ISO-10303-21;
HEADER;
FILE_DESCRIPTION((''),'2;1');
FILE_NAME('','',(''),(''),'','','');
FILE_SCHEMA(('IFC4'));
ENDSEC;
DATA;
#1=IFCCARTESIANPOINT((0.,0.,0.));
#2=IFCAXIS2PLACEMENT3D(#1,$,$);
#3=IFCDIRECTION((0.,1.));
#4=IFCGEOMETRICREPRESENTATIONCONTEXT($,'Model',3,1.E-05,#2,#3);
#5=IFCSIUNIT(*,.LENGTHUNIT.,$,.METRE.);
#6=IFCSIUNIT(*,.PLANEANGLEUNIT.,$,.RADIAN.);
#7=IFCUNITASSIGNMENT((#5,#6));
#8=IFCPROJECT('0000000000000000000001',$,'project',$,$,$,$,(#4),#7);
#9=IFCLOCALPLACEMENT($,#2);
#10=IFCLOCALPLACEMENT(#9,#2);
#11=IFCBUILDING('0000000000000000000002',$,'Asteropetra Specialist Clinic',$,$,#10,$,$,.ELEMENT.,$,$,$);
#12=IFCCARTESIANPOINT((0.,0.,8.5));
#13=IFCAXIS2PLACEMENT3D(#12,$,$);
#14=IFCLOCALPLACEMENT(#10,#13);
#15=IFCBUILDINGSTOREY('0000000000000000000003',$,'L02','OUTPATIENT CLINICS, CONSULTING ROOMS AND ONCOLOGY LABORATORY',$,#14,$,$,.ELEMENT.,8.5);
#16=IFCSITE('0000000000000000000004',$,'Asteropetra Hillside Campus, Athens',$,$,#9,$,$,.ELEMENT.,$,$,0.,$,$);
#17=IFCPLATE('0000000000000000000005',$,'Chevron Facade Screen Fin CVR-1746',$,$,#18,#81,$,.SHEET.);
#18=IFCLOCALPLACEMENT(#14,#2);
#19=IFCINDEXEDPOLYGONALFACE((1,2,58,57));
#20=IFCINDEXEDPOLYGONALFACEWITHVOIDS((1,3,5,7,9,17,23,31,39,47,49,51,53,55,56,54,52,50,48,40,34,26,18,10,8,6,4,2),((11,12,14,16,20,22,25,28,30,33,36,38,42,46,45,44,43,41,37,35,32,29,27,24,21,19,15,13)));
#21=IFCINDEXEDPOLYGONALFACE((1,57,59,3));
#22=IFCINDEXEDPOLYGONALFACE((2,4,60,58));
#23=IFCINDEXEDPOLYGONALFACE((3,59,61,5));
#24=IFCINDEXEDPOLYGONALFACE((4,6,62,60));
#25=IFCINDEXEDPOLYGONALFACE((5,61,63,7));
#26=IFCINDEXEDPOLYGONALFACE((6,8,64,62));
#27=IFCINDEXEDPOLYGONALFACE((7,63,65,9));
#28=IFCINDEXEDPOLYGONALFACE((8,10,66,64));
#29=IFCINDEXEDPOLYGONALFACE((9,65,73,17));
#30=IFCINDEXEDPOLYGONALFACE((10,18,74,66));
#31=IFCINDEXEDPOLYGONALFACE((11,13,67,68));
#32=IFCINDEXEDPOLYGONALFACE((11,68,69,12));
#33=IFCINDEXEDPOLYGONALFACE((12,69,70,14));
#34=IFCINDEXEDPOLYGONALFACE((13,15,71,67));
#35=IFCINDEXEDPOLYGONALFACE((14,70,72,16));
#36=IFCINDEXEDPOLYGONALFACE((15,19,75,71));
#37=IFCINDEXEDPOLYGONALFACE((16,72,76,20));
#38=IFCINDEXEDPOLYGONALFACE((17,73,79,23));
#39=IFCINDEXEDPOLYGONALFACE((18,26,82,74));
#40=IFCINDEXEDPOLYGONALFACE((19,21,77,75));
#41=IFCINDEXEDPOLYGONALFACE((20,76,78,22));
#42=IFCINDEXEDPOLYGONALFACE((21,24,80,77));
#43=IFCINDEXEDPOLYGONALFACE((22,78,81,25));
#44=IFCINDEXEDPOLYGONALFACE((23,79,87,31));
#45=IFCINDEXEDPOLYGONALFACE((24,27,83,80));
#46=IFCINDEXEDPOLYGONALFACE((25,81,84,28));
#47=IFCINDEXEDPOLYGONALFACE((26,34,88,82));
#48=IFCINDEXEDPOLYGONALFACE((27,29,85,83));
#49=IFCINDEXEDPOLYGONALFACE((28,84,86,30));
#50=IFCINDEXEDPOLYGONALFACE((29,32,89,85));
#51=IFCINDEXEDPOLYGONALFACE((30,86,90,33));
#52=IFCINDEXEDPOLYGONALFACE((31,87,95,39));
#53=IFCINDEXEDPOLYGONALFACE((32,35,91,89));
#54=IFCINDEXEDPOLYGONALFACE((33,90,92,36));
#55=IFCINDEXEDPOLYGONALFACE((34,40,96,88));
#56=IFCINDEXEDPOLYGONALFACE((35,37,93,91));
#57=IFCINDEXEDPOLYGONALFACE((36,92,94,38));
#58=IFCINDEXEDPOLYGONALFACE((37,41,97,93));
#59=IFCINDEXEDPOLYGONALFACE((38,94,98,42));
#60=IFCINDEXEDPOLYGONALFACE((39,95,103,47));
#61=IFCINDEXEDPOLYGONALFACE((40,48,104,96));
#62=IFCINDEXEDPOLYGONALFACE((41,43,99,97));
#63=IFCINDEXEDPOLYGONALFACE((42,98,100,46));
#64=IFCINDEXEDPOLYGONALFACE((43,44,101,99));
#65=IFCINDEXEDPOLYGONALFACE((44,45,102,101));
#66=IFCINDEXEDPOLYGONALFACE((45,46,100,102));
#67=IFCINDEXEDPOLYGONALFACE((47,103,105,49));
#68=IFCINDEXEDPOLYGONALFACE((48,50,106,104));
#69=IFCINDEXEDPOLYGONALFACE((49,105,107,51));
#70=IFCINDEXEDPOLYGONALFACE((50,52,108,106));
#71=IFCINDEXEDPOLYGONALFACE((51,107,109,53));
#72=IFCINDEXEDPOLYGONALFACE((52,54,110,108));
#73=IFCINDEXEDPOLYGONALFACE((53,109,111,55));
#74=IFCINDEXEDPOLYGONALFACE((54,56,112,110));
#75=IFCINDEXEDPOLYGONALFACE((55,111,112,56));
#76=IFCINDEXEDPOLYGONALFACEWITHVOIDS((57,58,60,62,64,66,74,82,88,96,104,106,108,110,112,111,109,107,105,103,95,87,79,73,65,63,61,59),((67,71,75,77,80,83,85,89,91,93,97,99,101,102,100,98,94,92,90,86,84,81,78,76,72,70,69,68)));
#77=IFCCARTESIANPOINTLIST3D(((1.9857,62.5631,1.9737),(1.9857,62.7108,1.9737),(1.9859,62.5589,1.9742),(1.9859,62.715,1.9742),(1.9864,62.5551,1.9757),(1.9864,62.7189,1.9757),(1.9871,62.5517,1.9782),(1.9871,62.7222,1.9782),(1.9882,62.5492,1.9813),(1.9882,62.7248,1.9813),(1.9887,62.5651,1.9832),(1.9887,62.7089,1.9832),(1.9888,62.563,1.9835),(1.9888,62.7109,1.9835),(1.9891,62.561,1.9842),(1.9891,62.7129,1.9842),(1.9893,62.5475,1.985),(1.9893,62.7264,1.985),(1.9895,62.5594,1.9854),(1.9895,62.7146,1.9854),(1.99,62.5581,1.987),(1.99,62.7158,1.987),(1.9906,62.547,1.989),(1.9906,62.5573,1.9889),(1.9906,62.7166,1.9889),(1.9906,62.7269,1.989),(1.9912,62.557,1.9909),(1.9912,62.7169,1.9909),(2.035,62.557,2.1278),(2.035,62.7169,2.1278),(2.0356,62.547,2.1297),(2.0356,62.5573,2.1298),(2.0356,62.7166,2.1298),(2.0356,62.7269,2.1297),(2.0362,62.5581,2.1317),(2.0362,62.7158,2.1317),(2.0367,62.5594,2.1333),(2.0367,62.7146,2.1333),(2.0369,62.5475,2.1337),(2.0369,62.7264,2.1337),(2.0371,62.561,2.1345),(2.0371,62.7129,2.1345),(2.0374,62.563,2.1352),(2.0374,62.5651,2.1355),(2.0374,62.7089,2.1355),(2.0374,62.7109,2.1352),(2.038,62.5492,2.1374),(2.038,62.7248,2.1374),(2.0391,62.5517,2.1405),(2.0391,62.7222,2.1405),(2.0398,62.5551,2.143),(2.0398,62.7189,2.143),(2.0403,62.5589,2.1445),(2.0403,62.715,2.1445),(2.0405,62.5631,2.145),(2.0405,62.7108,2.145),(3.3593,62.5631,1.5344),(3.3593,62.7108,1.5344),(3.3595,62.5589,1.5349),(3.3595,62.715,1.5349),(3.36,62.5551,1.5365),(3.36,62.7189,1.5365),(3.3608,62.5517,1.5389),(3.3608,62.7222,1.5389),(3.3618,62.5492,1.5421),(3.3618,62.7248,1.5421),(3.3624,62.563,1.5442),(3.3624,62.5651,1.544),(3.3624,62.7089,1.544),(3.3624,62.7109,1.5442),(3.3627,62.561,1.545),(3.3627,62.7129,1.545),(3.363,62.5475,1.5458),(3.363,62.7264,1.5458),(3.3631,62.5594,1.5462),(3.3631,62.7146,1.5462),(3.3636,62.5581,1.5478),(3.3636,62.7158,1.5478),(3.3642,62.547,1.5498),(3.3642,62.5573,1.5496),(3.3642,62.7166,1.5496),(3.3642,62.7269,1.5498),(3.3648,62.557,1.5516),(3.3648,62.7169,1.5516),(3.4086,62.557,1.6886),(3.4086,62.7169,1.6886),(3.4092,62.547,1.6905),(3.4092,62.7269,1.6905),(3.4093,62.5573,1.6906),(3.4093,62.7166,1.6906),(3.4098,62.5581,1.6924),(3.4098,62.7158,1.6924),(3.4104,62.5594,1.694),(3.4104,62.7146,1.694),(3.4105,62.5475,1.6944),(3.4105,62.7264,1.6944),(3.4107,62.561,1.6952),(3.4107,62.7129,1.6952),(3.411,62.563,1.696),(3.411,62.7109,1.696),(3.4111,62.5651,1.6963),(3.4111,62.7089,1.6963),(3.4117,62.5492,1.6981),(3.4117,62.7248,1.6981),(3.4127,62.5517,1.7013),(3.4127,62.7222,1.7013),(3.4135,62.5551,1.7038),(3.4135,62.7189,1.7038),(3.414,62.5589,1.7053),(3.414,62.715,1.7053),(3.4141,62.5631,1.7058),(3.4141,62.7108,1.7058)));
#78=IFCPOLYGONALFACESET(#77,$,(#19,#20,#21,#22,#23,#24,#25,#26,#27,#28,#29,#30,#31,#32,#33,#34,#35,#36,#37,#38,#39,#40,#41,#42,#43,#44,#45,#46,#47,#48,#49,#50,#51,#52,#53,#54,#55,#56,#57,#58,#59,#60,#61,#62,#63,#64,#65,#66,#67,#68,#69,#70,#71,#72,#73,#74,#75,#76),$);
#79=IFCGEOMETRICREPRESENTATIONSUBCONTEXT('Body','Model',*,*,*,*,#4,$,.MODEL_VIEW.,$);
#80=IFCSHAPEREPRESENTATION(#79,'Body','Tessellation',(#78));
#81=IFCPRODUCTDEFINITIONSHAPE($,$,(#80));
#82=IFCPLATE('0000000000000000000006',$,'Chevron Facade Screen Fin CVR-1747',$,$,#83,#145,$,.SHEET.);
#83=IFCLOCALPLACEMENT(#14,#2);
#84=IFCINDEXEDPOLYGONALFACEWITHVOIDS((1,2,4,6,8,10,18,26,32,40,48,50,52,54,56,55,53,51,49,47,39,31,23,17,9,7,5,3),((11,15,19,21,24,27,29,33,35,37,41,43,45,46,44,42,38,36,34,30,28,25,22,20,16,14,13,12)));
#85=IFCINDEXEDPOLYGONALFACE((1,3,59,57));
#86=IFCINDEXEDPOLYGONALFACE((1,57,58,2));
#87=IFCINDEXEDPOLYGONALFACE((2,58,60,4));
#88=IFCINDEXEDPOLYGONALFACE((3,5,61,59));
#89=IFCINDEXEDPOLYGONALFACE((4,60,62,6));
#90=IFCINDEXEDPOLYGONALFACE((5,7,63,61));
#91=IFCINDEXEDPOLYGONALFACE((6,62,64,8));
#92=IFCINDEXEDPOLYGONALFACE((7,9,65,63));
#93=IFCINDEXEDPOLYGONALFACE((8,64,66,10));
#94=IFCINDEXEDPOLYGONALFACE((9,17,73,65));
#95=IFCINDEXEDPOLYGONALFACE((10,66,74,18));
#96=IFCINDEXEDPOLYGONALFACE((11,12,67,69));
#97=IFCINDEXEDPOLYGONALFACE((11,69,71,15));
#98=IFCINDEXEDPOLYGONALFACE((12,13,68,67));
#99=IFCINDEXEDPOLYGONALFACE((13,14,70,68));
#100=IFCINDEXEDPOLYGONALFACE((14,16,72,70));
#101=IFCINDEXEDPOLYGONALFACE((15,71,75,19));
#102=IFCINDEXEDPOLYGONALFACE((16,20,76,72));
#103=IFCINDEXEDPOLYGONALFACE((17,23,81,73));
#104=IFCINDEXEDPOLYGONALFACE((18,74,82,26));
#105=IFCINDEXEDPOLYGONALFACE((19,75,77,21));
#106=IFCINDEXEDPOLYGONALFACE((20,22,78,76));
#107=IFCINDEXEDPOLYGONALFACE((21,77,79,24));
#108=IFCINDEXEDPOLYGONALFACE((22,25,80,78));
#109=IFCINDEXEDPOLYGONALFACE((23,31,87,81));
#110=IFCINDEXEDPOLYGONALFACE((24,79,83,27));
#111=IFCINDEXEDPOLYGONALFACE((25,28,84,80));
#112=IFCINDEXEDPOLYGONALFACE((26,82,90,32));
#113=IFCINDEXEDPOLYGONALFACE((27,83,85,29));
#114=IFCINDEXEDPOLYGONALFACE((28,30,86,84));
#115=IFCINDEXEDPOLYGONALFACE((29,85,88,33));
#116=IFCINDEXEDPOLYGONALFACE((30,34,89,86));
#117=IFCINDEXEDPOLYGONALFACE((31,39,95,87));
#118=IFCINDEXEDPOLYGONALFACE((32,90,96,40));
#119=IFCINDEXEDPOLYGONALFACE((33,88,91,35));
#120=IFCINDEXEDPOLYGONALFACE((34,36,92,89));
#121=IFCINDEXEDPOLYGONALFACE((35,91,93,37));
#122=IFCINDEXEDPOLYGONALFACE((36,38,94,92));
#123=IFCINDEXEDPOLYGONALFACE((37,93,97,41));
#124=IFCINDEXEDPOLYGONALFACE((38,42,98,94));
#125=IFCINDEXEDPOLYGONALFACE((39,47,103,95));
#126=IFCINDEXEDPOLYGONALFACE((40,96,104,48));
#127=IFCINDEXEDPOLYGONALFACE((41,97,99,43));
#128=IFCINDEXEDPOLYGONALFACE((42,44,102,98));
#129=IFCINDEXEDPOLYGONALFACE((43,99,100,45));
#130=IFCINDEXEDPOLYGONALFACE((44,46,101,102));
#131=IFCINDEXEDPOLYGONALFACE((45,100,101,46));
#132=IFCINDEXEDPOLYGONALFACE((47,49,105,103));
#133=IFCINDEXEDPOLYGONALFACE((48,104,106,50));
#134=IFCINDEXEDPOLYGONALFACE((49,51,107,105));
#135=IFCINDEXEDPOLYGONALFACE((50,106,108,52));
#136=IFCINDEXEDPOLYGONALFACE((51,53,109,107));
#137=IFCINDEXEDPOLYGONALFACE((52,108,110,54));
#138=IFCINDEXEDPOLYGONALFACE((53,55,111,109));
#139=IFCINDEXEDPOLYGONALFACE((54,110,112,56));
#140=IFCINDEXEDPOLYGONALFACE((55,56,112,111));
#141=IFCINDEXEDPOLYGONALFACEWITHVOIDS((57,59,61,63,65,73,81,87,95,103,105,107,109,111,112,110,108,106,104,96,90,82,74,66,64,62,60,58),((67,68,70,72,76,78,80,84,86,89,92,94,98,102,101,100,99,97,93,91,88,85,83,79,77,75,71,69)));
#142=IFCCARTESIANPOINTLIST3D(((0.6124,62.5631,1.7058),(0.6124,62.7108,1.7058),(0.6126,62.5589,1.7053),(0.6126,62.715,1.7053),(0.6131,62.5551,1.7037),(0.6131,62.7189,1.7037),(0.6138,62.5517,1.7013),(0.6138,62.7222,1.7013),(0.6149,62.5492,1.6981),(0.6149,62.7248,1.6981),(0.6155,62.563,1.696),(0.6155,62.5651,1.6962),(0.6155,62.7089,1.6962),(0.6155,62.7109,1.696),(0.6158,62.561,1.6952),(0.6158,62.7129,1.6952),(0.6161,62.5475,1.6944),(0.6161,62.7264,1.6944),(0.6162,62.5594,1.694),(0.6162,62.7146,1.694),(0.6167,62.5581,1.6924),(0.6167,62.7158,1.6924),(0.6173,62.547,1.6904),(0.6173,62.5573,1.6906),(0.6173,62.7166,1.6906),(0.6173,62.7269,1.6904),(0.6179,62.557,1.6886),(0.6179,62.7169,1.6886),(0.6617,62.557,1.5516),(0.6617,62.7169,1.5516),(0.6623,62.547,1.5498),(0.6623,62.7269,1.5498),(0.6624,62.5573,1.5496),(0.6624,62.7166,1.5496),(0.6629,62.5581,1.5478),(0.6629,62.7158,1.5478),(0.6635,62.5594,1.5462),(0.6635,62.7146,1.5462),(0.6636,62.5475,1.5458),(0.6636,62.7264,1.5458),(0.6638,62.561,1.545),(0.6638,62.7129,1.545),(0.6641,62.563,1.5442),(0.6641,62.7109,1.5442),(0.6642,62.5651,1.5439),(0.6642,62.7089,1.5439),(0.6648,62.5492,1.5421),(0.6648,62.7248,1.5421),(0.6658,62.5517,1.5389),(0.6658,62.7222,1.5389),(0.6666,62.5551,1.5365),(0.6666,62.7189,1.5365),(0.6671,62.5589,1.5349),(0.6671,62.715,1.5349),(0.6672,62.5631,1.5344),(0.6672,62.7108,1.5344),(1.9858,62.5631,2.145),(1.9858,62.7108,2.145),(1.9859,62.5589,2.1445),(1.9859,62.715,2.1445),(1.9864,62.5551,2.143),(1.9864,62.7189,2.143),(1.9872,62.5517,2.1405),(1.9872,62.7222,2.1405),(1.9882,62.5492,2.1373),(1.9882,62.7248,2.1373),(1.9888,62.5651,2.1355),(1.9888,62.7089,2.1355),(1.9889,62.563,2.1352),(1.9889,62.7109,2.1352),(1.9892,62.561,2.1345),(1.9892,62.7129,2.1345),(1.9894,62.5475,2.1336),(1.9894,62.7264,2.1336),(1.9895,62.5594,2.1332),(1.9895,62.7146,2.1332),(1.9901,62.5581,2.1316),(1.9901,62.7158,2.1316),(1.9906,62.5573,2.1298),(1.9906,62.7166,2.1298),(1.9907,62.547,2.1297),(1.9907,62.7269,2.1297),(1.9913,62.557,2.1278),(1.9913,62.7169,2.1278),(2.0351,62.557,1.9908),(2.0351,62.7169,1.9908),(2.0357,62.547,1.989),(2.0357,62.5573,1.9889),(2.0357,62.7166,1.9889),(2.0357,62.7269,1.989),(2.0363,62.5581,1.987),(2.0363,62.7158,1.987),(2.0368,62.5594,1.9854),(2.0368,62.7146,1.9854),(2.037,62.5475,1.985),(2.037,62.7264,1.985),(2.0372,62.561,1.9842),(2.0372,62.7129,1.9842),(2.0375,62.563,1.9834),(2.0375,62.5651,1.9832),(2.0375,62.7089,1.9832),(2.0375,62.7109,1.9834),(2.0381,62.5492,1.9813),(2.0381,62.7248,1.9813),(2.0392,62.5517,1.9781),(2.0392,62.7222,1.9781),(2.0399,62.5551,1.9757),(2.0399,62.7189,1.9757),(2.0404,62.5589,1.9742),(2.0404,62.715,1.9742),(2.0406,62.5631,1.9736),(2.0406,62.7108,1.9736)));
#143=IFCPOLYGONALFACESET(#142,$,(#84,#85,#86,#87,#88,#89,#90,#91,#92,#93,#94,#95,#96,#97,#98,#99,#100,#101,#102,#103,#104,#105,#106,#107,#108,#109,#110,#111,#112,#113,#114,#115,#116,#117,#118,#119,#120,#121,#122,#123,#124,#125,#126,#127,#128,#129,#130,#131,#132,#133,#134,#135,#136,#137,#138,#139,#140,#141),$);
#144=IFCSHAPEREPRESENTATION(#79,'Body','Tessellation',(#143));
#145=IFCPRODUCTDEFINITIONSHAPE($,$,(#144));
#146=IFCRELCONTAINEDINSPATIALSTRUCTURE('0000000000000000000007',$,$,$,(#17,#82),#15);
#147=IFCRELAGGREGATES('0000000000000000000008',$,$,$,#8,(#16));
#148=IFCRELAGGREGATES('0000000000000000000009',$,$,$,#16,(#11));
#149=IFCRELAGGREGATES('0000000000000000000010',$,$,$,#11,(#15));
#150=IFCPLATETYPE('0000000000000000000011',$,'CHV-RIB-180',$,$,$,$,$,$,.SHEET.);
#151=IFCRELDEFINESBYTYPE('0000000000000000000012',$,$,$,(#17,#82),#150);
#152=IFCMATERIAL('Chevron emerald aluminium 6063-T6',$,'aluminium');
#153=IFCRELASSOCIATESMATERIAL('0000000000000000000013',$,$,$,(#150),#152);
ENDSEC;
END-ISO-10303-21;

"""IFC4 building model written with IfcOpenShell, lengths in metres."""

from ifc_helpers import new_model, si_unit, direction, frame, origin, origin_2d, place, context, subcontext, project, spatial, hollow_rectangle, extrude, material, material_profile, profile_set, type_object, element, save


model = new_model("IFC4")

# Units and contexts
model_context = context("Model", 3, precision=1e-05, world=origin(), true_north=direction((0.0, 1.0)))
body_context = subcontext(model_context, "Body", "Model", "MODEL_VIEW")
ifc_project = project(units=[si_unit("LENGTHUNIT", "METRE"), si_unit("PLANEANGLEUNIT", "RADIAN")], contexts=[model_context])

# Site, building, storey
site_placement = place(None, origin())
site = spatial("IfcSite", under=ifc_project, at=site_placement, Name="Asteropetra Hillside Campus, Athens", CompositionType="ELEMENT", RefElevation=0.0)
building_placement = place(site_placement, origin())
building = spatial("IfcBuilding", under=site, at=building_placement, Name="Asteropetra Specialist Clinic", CompositionType="ELEMENT")
storey_placement = place(building_placement, frame((0.0, 0.0, 8.5)))
storey = spatial("IfcBuildingStorey", under=building, at=storey_placement, Name="L02", Description="OUTPATIENT CLINICS, CONSULTING ROOMS AND ONCOLOGY LABORATORY", CompositionType="ELEMENT", Elevation=8.5)

# Plates
ifc_material_1 = material(Name="Chevron emerald aluminium 6063-T6", Category="aluminium")
ifc_material_profile_1 = material_profile(ifc_material_1, hollow_rectangle(XDim=0.1799, YDim=0.1799, WallThickness=0.01, InnerFilletRadius=0.0081, OuterFilletRadius=0.0161, at=origin_2d()), Name="SHS 180x180x10.0")
ifc_profile_set_1 = profile_set([ifc_material_profile_1], Name="Chevron emerald aluminium 6063-T6")
plate_type_1 = type_object("IfcPlateType", Name="CHV-RIB-180", PredefinedType="SHEET", material=ifc_profile_set_1)
plate_1_placement = place(storey_placement, frame((3.3867, 62.637, 1.6201), z_axis=(-0.952489, 0.0, 0.304573), x_axis=(0.0, -1.0, 0.0)))
element("IfcPlate", 1, at=plate_1_placement, inside=storey, type_object=plate_type_1, Name="Chevron Facade Screen Fin CVR-1746", PredefinedType="SHEET", context=body_context, shape_type="SweptSolid", body=[
    extrude(hollow_rectangle(XDim=0.1799, YDim=0.1799, WallThickness=0.01, InnerFilletRadius=0.0081, OuterFilletRadius=0.0161, at=origin_2d()), origin(), (0.0, 0.0, 1.0), 1.4421),
])
plate_2_placement = place(storey_placement, frame((2.0132, 62.637, 2.0593), z_axis=(-0.952473, 0.0, -0.304622), x_axis=(0.0, -1.0, 0.0)))
element("IfcPlate", 2, at=plate_2_placement, inside=storey, type_object=plate_type_1, Name="Chevron Facade Screen Fin CVR-1747", PredefinedType="SHEET", context=body_context, shape_type="SweptSolid", body=[
    extrude(hollow_rectangle(XDim=0.1799, YDim=0.1799, WallThickness=0.01, InnerFilletRadius=0.0081, OuterFilletRadius=0.0161, at=origin_2d()), origin(), (0.0, 0.0, 1.0), 1.4419),
])

save(model, "model.ifc")
